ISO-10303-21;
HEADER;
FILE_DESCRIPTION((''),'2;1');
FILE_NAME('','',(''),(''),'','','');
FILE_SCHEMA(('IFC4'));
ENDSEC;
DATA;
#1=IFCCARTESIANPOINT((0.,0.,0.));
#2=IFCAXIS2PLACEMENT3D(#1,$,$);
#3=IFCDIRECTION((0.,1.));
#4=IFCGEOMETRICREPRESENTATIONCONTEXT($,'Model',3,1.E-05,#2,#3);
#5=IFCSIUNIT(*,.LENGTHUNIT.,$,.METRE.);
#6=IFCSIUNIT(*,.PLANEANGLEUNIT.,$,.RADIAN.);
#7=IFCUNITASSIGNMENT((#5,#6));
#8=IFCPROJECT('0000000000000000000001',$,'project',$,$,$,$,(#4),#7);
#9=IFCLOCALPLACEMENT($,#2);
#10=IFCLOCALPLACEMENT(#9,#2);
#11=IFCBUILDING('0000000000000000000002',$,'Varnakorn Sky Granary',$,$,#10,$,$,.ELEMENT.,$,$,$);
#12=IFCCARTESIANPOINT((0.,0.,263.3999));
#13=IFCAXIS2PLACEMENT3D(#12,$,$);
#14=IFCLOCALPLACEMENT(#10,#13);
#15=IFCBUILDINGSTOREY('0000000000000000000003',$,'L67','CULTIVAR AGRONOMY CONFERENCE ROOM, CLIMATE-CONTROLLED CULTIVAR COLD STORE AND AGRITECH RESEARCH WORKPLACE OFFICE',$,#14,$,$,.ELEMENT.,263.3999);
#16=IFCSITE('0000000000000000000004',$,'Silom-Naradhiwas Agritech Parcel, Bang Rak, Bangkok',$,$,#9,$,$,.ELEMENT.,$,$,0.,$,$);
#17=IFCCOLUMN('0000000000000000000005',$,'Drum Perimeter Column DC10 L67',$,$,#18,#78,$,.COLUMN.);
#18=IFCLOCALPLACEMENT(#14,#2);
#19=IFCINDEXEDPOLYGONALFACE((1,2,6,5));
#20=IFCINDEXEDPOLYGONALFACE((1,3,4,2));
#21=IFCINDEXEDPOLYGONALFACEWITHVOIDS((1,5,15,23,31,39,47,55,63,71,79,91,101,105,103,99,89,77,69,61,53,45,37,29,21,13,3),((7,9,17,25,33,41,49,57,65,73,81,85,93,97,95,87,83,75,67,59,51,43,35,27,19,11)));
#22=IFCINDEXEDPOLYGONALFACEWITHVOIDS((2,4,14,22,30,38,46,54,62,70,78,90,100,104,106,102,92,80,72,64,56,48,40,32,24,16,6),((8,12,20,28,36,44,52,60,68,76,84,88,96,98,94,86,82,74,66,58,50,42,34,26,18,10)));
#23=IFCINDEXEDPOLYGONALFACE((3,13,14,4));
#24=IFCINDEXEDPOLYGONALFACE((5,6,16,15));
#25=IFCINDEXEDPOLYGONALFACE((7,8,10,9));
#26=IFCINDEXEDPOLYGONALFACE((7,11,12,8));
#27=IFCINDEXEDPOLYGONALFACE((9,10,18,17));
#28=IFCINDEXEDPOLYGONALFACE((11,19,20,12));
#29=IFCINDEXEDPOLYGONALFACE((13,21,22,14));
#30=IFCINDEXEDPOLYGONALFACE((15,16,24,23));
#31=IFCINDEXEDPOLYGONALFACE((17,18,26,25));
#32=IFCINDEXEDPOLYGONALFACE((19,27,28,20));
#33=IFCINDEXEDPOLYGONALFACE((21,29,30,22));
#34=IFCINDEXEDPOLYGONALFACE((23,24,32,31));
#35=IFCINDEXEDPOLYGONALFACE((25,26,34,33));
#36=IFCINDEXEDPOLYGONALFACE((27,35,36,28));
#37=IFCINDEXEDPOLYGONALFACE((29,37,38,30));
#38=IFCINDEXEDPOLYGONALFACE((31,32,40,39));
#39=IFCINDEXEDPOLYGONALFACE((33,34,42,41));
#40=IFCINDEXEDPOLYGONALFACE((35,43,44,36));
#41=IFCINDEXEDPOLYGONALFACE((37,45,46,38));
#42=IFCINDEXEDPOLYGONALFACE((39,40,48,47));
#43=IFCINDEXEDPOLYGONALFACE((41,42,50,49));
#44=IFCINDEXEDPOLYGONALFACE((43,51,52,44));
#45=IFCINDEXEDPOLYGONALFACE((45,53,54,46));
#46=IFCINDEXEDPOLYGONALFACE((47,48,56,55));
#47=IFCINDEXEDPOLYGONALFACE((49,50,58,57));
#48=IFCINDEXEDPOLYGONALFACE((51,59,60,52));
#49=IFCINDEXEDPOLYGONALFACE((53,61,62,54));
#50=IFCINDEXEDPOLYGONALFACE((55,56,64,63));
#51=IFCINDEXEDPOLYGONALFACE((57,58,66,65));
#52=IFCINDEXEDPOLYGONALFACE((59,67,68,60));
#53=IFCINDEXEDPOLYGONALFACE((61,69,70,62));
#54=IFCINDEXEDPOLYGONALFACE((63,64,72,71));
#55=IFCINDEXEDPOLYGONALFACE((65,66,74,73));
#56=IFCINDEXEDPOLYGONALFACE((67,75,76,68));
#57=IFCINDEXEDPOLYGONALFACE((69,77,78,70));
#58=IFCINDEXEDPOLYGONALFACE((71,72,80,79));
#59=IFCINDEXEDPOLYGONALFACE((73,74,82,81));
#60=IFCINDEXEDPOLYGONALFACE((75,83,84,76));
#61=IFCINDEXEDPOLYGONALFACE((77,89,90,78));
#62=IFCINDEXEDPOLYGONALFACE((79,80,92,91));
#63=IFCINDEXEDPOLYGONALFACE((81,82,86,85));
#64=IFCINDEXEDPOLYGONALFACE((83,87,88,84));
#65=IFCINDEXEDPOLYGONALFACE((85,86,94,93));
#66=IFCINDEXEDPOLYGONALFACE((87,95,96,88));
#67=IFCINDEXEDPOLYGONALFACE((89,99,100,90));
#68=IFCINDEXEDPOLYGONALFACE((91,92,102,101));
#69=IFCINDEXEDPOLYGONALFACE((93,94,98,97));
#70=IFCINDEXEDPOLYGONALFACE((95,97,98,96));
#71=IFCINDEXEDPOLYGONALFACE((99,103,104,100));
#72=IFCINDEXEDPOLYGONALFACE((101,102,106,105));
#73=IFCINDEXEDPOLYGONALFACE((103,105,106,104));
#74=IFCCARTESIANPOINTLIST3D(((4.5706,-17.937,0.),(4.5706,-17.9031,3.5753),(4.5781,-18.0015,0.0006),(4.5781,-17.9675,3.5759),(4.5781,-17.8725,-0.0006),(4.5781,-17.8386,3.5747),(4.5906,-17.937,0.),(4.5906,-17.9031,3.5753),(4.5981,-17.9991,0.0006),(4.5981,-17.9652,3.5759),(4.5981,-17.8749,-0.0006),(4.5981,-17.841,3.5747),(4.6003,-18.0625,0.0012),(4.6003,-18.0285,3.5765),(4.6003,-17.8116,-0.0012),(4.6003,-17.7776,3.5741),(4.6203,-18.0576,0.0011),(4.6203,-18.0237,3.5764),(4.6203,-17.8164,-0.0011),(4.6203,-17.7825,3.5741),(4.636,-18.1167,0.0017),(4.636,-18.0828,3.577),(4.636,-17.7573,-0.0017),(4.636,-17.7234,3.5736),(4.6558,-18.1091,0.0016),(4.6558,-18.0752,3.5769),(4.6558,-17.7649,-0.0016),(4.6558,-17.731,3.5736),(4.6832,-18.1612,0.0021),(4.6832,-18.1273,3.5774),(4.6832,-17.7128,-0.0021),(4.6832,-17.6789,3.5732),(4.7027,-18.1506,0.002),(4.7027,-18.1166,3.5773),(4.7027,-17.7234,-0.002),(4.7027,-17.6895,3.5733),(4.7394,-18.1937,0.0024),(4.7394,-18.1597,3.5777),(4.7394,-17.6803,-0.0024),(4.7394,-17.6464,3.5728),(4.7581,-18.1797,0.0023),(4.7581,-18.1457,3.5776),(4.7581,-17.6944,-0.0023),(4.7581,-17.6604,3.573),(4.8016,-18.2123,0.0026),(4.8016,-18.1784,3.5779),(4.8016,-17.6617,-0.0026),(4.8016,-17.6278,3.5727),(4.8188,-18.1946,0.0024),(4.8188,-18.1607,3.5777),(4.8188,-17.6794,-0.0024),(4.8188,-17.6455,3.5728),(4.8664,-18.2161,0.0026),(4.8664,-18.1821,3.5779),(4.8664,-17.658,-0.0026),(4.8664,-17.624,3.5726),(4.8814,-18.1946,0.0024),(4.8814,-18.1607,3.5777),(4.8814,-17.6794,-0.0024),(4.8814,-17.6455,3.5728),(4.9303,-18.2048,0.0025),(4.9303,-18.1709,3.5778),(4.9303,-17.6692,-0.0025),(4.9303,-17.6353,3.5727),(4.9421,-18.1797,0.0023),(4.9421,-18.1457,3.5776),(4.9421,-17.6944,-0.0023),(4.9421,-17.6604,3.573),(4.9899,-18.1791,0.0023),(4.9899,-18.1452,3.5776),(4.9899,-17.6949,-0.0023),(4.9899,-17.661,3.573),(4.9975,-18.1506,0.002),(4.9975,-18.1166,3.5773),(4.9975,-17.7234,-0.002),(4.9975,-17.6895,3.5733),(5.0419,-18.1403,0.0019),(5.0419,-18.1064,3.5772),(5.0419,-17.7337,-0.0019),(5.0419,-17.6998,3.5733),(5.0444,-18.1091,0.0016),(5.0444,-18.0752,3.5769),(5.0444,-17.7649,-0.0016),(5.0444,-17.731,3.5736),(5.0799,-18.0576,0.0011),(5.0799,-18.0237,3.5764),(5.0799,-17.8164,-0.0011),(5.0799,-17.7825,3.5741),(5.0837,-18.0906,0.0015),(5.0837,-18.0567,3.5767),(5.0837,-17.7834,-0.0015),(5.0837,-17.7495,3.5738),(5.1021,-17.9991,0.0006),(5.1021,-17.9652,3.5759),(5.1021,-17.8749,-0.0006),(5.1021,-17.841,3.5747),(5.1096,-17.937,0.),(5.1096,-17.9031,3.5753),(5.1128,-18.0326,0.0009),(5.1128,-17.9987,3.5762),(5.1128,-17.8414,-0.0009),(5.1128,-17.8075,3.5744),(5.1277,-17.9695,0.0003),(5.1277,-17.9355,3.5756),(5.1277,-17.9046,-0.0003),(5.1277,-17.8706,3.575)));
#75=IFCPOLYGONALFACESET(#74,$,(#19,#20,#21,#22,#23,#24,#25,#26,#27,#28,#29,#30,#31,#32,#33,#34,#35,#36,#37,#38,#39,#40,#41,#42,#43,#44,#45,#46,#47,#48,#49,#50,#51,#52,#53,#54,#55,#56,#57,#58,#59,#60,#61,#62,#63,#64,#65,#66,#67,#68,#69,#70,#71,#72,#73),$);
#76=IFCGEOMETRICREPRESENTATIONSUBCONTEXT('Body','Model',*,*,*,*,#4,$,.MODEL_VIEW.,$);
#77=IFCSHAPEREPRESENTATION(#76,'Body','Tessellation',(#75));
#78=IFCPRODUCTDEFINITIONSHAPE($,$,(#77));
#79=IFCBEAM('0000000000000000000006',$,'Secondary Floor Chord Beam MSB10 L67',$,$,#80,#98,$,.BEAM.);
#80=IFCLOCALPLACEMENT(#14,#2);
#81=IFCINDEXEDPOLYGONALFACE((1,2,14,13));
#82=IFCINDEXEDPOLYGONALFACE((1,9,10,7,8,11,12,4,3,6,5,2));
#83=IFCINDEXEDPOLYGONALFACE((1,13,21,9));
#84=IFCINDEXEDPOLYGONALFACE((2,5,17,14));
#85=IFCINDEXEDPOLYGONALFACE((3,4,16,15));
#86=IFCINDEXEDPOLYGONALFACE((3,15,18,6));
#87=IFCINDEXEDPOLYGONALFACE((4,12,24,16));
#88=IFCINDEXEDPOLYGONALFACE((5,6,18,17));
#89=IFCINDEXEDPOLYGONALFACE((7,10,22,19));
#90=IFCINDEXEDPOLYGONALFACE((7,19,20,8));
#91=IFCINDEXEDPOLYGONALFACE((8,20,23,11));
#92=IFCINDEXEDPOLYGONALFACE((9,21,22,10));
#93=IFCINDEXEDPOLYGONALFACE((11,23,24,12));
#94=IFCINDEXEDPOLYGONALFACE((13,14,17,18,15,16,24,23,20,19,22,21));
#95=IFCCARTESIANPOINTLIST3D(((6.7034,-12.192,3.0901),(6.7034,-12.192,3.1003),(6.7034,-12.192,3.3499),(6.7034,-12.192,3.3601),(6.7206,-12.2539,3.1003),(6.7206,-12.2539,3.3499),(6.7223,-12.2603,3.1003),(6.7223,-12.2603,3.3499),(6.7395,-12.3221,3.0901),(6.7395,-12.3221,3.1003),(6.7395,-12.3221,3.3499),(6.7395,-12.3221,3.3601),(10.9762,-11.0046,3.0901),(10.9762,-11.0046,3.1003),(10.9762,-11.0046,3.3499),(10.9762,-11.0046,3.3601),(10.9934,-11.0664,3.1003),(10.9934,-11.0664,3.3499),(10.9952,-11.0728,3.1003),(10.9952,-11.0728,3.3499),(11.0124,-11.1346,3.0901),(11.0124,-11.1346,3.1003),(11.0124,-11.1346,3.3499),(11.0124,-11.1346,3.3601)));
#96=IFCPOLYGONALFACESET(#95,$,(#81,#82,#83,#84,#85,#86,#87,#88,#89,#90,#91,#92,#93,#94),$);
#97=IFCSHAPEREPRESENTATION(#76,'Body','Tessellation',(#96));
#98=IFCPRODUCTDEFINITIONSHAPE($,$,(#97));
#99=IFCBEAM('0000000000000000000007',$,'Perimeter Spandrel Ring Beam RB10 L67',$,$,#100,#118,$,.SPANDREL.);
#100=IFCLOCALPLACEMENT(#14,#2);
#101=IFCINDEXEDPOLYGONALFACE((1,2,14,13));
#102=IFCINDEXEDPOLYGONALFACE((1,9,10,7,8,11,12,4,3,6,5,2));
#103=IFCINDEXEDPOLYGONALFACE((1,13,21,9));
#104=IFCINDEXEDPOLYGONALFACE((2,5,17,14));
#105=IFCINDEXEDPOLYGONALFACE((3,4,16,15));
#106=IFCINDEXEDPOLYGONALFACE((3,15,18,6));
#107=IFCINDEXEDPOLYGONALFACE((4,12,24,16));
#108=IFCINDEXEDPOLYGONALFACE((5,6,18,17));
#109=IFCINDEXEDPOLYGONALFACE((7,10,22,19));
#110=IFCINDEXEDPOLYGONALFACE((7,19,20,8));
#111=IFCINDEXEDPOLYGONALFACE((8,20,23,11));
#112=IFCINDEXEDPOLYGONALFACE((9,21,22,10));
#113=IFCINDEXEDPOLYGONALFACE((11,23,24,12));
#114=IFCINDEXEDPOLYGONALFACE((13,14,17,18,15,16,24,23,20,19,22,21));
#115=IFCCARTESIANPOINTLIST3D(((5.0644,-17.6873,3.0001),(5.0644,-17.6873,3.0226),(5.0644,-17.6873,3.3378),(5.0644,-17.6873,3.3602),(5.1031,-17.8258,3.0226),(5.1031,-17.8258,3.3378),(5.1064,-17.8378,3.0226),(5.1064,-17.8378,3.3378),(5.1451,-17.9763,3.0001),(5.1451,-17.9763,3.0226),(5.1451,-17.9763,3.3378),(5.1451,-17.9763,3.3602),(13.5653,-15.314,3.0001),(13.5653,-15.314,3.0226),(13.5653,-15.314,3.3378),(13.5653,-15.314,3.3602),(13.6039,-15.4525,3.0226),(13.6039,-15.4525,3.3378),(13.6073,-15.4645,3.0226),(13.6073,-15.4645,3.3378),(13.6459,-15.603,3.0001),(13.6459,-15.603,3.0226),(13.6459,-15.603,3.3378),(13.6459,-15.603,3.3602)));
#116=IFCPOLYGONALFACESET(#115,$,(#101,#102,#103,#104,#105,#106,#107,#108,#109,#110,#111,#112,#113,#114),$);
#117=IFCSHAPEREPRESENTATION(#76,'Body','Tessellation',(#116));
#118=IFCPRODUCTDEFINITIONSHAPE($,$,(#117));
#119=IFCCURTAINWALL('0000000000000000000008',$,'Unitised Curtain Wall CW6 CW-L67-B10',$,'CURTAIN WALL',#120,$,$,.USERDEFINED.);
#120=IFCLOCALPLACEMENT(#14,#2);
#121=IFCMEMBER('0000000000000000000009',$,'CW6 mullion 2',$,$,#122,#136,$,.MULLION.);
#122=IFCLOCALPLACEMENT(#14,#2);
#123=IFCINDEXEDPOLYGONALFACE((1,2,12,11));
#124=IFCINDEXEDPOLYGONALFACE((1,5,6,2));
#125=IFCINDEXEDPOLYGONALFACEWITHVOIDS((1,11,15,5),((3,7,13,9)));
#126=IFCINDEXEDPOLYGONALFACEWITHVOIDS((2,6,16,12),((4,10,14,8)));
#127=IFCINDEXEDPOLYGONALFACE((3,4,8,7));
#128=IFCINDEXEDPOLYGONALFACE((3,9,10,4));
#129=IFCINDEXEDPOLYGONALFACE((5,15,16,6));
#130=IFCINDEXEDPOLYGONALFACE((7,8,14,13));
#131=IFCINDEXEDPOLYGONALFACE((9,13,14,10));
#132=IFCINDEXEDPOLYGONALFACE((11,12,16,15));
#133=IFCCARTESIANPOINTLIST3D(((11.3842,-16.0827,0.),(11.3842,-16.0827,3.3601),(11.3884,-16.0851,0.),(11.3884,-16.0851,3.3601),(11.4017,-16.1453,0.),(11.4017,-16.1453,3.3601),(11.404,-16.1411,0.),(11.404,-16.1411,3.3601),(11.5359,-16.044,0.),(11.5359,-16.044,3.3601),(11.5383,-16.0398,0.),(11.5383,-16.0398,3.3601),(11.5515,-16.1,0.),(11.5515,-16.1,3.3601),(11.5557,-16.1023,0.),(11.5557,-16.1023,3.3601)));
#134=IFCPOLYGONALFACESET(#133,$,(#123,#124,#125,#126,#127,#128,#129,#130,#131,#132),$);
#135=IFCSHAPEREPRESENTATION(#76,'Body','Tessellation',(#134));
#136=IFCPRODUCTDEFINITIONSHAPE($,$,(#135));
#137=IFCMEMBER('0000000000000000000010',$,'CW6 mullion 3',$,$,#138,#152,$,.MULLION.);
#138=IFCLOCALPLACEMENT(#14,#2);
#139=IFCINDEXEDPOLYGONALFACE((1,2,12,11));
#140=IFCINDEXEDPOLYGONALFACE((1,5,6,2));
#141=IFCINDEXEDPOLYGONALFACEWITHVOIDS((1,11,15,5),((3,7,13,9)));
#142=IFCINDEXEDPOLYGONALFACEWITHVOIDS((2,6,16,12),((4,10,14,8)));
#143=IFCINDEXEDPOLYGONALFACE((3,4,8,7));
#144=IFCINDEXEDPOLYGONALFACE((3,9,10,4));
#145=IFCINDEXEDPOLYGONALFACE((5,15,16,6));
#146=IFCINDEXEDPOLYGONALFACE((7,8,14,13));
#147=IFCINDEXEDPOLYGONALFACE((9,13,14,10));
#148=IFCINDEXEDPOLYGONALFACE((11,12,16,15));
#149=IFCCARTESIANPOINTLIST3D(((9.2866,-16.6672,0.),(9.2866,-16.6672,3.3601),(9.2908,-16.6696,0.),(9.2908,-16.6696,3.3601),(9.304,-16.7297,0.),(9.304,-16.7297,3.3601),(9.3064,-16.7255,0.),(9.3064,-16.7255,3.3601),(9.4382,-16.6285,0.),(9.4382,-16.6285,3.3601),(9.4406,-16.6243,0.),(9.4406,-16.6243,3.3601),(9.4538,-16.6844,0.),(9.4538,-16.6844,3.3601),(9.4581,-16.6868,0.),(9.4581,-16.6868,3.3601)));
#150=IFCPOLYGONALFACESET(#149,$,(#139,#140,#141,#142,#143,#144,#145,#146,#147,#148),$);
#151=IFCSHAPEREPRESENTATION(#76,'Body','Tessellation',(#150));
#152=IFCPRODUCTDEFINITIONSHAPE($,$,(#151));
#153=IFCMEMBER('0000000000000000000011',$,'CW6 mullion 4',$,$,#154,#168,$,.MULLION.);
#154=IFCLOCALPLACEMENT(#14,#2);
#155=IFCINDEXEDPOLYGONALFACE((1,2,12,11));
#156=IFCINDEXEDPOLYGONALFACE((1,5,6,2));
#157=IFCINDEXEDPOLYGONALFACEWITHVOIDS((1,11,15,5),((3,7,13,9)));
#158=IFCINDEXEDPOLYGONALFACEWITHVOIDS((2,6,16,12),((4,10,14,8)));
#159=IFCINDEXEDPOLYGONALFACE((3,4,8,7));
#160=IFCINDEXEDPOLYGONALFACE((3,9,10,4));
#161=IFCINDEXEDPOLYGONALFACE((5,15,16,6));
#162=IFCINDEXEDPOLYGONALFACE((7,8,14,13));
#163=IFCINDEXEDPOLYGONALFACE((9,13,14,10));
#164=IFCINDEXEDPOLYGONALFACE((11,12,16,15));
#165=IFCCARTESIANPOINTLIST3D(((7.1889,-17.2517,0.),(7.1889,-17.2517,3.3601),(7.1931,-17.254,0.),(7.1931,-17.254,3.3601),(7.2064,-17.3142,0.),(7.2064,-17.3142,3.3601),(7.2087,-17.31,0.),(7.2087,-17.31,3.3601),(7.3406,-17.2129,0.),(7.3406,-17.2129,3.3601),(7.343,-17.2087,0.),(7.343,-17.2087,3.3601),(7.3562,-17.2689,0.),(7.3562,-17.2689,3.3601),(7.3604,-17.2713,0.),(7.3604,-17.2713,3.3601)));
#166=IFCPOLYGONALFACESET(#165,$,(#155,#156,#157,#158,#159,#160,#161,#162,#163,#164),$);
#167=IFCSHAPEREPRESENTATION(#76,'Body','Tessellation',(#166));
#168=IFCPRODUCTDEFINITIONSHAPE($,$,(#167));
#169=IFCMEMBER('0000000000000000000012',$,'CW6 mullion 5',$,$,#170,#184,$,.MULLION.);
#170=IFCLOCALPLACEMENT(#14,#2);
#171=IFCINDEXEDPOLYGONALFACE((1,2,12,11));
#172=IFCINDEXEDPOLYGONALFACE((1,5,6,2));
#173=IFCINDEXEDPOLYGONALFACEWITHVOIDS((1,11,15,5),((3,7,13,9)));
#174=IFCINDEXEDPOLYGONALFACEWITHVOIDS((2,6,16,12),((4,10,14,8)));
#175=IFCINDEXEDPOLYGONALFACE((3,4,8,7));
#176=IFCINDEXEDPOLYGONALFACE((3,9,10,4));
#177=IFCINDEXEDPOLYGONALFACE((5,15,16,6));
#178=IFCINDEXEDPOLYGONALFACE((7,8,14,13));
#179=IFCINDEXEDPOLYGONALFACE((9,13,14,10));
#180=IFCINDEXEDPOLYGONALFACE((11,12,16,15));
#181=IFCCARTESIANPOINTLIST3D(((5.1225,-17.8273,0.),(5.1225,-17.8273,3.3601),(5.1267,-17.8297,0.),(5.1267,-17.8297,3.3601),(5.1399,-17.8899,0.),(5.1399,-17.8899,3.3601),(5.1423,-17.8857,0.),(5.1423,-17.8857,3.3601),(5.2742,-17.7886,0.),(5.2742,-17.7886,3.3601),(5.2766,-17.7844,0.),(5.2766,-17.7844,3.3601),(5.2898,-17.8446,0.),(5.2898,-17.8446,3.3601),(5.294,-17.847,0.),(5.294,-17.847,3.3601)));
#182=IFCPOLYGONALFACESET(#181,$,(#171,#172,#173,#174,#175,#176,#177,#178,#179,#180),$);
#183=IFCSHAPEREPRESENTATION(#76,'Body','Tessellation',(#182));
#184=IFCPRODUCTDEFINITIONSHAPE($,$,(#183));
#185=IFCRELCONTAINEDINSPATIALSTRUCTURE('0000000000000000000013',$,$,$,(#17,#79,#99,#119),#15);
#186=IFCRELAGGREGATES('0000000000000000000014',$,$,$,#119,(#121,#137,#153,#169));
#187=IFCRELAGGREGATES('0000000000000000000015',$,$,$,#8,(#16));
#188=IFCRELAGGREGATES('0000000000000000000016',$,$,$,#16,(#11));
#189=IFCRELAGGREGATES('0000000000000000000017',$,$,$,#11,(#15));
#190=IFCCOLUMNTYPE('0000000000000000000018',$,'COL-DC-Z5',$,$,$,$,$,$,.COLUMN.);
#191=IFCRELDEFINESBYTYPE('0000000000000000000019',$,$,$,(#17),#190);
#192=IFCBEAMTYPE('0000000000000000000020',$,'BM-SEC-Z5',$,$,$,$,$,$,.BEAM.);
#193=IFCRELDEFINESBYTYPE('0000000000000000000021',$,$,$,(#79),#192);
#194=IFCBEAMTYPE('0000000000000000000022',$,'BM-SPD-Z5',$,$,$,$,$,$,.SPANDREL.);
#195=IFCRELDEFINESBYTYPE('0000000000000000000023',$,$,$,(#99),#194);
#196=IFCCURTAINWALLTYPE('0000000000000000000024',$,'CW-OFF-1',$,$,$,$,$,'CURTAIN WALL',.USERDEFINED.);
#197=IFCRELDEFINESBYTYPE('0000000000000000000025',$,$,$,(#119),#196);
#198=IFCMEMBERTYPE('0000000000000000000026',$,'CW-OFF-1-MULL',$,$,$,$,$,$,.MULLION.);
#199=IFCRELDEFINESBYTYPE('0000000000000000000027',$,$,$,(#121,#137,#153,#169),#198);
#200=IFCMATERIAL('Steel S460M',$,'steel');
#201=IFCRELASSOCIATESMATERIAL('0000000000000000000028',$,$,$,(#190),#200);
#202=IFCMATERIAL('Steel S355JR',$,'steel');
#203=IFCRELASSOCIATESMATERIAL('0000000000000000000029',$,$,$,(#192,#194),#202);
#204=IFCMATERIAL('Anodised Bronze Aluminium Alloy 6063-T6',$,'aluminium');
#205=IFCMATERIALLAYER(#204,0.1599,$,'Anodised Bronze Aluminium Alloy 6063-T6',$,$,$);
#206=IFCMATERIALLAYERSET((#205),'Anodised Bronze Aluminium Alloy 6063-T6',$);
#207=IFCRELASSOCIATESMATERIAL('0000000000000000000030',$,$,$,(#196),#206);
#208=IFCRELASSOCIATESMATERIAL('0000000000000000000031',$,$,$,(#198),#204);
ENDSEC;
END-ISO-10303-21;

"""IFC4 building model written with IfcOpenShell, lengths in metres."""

from ifc_helpers import new_model, si_unit, direction, frame, origin, origin_2d, place, context, subcontext, project, spatial, hollow_rectangle, hollow_circle, i_section, extrude, material, layer, layer_set, material_profile, profile_set, type_object, element, aggregate, save


model = new_model("IFC4")

# Units and contexts
model_context = context("Model", 3, precision=1e-05, world=origin(), true_north=direction((0.0, 1.0)))
body_context = subcontext(model_context, "Body", "Model", "MODEL_VIEW")
ifc_project = project(units=[si_unit("LENGTHUNIT", "METRE"), si_unit("PLANEANGLEUNIT", "RADIAN")], contexts=[model_context])

# Site, building, storey
site_placement = place(None, origin())
site = spatial("IfcSite", under=ifc_project, at=site_placement, Name="Silom-Naradhiwas Agritech Parcel, Bang Rak, Bangkok", CompositionType="ELEMENT", RefElevation=0.0)
building_placement = place(site_placement, origin())
building = spatial("IfcBuilding", under=site, at=building_placement, Name="Varnakorn Sky Granary", CompositionType="ELEMENT")
storey_placement = place(building_placement, frame((0.0, 0.0, 263.3999)))
storey = spatial("IfcBuildingStorey", under=building, at=storey_placement, Name="L67", Description="CULTIVAR AGRONOMY CONFERENCE ROOM, CLIMATE-CONTROLLED CULTIVAR COLD STORE AND AGRITECH RESEARCH WORKPLACE OFFICE", CompositionType="ELEMENT", Elevation=263.3999)

# Column
ifc_material_1 = material(Name="Steel S460M", Category="steel")
ifc_material_profile_1 = material_profile(ifc_material_1, hollow_circle(Radius=0.2795, WallThickness=0.02, at=origin_2d()), Name="CHS 559x20")
ifc_profile_set_1 = profile_set([ifc_material_profile_1], Name="Steel S460M")
column_type = type_object("IfcColumnType", Name="COL-DC-Z5", PredefinedType="COLUMN", material=ifc_profile_set_1)
column_placement = place(storey_placement, frame((4.8501, -17.937, 0.0), z_axis=(0.0, 0.009492, 0.999955), x_axis=(-1.0, 0.0, 0.0)))
element("IfcColumn", 1, at=column_placement, inside=storey, type_object=column_type, Name="Drum Perimeter Column DC10 L67", PredefinedType="COLUMN", context=body_context, shape_type="SweptSolid", body=[
    extrude(hollow_circle(Radius=0.2795, WallThickness=0.02, at=origin_2d()), origin(), (0.0, 0.0, 1.0), 3.5754),
])

# Beams
ifc_material_2 = material(Name="Steel S355JR", Category="steel")
ifc_material_profile_2 = material_profile(ifc_material_2, i_section(OverallWidth=0.135, OverallDepth=0.27, WebThickness=0.0066, FlangeThickness=0.0103, at=origin_2d()), Name="IPE 270")
ifc_profile_set_2 = profile_set([ifc_material_profile_2], Name="Steel S355JR")
beam_type_1 = type_object("IfcBeamType", Name="BM-SEC-Z5", PredefinedType="BEAM", material=ifc_profile_set_2)
beam_1_placement = place(storey_placement, frame((6.7214, -12.2571, 3.2251), z_axis=(0.963485, 0.267763, 0.0), x_axis=(-0.267763, 0.963485, 0.0)))
element("IfcBeam", 2, at=beam_1_placement, inside=storey, type_object=beam_type_1, Name="Secondary Floor Chord Beam MSB10 L67", PredefinedType="BEAM", context=body_context, shape_type="SweptSolid", body=[
    extrude(i_section(OverallWidth=0.135, OverallDepth=0.27, WebThickness=0.0066, FlangeThickness=0.0103, at=origin_2d()), origin(), (0.0, 0.0, 1.0), 4.4348),
])
ifc_material_profile_3 = material_profile(ifc_material_2, i_section(OverallWidth=0.3, OverallDepth=0.3601, WebThickness=0.0125, FlangeThickness=0.0225, at=origin_2d()), Name="HE 360 B")
ifc_profile_set_3 = profile_set([ifc_material_profile_3], Name="Steel S355JR")
beam_type_2 = type_object("IfcBeamType", Name="BM-SPD-Z5", PredefinedType="SPANDREL", material=ifc_profile_set_3)
beam_2_placement = place(storey_placement, frame((5.1047, -17.8318, 3.1802), z_axis=(0.963169, 0.268896, 0.0), x_axis=(-0.268896, 0.963169, 0.0)))
element("IfcBeam", 3, at=beam_2_placement, inside=storey, type_object=beam_type_2, Name="Perimeter Spandrel Ring Beam RB10 L67", PredefinedType="SPANDREL", context=body_context, shape_type="SweptSolid", body=[
    extrude(i_section(OverallWidth=0.3, OverallDepth=0.3601, WebThickness=0.0125, FlangeThickness=0.0225, at=origin_2d()), origin(), (0.0, 0.0, 1.0), 8.8259),
])

# Curtain wall, members
ifc_material_3 = material(Name="Anodised Bronze Aluminium Alloy 6063-T6", Category="aluminium")
ifc_layer_1 = layer(ifc_material_3, 0.1599, Name="Anodised Bronze Aluminium Alloy 6063-T6")
ifc_layer_set_1 = layer_set([ifc_layer_1], Name="Anodised Bronze Aluminium Alloy 6063-T6")
curtain_wall_type = type_object("IfcCurtainWallType", Name="CW-OFF-1", ElementType="CURTAIN WALL", PredefinedType="USERDEFINED", material=ifc_layer_set_1)
curtain_wall_placement = place(storey_placement, origin())
curtain_wall = element("IfcCurtainWall", 4, at=curtain_wall_placement, inside=storey, type_object=curtain_wall_type, Name="Unitised Curtain Wall CW6 CW-L67-B10", ObjectType="CURTAIN WALL", PredefinedType="USERDEFINED")
ifc_material_profile_4 = material_profile(ifc_material_3, hollow_rectangle(XDim=0.0649, YDim=0.1599, WallThickness=0.0034, at=origin_2d()), Name="ALU MULL 65x160")
ifc_profile_set_4 = profile_set([ifc_material_profile_4], Name="Anodised Bronze Aluminium Alloy 6063-T6")
member_type_1 = type_object("IfcMemberType", Name="CW-OFF-1-MULL", PredefinedType="MULLION", material=ifc_profile_set_4)
member_1_placement = place(storey_placement, frame((11.47, -16.0925, 0.0), z_axis=(0.0, 0.0, 1.0), x_axis=(0.268401, -0.963307, 0.0)))
member_1 = element("IfcMember", 5, at=member_1_placement, type_object=member_type_1, Name="CW6 mullion 2", PredefinedType="MULLION", context=body_context, shape_type="SweptSolid", body=[
    extrude(hollow_rectangle(XDim=0.0649, YDim=0.1599, WallThickness=0.0034, at=origin_2d()), origin(), (0.0, 0.0, 1.0), 3.3601),
])
member_2_placement = place(storey_placement, frame((9.3723, -16.677, 0.0), z_axis=(0.0, 0.0, 1.0), x_axis=(0.268401, -0.963307, 0.0)))
member_2 = element("IfcMember", 6, at=member_2_placement, type_object=member_type_1, Name="CW6 mullion 3", PredefinedType="MULLION", context=body_context, shape_type="SweptSolid", body=[
    extrude(hollow_rectangle(XDim=0.0649, YDim=0.1599, WallThickness=0.0034, at=origin_2d()), origin(), (0.0, 0.0, 1.0), 3.3601),
])
member_3_placement = place(storey_placement, frame((7.2747, -17.2615, 0.0), z_axis=(0.0, 0.0, 1.0), x_axis=(0.268401, -0.963307, 0.0)))
member_3 = element("IfcMember", 7, at=member_3_placement, type_object=member_type_1, Name="CW6 mullion 4", PredefinedType="MULLION", context=body_context, shape_type="SweptSolid", body=[
    extrude(hollow_rectangle(XDim=0.0649, YDim=0.1599, WallThickness=0.0034, at=origin_2d()), origin(), (0.0, 0.0, 1.0), 3.3601),
])
member_4_placement = place(storey_placement, frame((5.2083, -17.8372, 0.0), z_axis=(0.0, 0.0, 1.0), x_axis=(0.268401, -0.963307, 0.0)))
member_4 = element("IfcMember", 8, at=member_4_placement, type_object=member_type_1, Name="CW6 mullion 5", PredefinedType="MULLION", context=body_context, shape_type="SweptSolid", body=[
    extrude(hollow_rectangle(XDim=0.0649, YDim=0.1599, WallThickness=0.0034, at=origin_2d()), origin(), (0.0, 0.0, 1.0), 3.3601),
])

aggregate(curtain_wall, [member_1, member_2, member_3, member_4])

save(model, "model.ifc")
